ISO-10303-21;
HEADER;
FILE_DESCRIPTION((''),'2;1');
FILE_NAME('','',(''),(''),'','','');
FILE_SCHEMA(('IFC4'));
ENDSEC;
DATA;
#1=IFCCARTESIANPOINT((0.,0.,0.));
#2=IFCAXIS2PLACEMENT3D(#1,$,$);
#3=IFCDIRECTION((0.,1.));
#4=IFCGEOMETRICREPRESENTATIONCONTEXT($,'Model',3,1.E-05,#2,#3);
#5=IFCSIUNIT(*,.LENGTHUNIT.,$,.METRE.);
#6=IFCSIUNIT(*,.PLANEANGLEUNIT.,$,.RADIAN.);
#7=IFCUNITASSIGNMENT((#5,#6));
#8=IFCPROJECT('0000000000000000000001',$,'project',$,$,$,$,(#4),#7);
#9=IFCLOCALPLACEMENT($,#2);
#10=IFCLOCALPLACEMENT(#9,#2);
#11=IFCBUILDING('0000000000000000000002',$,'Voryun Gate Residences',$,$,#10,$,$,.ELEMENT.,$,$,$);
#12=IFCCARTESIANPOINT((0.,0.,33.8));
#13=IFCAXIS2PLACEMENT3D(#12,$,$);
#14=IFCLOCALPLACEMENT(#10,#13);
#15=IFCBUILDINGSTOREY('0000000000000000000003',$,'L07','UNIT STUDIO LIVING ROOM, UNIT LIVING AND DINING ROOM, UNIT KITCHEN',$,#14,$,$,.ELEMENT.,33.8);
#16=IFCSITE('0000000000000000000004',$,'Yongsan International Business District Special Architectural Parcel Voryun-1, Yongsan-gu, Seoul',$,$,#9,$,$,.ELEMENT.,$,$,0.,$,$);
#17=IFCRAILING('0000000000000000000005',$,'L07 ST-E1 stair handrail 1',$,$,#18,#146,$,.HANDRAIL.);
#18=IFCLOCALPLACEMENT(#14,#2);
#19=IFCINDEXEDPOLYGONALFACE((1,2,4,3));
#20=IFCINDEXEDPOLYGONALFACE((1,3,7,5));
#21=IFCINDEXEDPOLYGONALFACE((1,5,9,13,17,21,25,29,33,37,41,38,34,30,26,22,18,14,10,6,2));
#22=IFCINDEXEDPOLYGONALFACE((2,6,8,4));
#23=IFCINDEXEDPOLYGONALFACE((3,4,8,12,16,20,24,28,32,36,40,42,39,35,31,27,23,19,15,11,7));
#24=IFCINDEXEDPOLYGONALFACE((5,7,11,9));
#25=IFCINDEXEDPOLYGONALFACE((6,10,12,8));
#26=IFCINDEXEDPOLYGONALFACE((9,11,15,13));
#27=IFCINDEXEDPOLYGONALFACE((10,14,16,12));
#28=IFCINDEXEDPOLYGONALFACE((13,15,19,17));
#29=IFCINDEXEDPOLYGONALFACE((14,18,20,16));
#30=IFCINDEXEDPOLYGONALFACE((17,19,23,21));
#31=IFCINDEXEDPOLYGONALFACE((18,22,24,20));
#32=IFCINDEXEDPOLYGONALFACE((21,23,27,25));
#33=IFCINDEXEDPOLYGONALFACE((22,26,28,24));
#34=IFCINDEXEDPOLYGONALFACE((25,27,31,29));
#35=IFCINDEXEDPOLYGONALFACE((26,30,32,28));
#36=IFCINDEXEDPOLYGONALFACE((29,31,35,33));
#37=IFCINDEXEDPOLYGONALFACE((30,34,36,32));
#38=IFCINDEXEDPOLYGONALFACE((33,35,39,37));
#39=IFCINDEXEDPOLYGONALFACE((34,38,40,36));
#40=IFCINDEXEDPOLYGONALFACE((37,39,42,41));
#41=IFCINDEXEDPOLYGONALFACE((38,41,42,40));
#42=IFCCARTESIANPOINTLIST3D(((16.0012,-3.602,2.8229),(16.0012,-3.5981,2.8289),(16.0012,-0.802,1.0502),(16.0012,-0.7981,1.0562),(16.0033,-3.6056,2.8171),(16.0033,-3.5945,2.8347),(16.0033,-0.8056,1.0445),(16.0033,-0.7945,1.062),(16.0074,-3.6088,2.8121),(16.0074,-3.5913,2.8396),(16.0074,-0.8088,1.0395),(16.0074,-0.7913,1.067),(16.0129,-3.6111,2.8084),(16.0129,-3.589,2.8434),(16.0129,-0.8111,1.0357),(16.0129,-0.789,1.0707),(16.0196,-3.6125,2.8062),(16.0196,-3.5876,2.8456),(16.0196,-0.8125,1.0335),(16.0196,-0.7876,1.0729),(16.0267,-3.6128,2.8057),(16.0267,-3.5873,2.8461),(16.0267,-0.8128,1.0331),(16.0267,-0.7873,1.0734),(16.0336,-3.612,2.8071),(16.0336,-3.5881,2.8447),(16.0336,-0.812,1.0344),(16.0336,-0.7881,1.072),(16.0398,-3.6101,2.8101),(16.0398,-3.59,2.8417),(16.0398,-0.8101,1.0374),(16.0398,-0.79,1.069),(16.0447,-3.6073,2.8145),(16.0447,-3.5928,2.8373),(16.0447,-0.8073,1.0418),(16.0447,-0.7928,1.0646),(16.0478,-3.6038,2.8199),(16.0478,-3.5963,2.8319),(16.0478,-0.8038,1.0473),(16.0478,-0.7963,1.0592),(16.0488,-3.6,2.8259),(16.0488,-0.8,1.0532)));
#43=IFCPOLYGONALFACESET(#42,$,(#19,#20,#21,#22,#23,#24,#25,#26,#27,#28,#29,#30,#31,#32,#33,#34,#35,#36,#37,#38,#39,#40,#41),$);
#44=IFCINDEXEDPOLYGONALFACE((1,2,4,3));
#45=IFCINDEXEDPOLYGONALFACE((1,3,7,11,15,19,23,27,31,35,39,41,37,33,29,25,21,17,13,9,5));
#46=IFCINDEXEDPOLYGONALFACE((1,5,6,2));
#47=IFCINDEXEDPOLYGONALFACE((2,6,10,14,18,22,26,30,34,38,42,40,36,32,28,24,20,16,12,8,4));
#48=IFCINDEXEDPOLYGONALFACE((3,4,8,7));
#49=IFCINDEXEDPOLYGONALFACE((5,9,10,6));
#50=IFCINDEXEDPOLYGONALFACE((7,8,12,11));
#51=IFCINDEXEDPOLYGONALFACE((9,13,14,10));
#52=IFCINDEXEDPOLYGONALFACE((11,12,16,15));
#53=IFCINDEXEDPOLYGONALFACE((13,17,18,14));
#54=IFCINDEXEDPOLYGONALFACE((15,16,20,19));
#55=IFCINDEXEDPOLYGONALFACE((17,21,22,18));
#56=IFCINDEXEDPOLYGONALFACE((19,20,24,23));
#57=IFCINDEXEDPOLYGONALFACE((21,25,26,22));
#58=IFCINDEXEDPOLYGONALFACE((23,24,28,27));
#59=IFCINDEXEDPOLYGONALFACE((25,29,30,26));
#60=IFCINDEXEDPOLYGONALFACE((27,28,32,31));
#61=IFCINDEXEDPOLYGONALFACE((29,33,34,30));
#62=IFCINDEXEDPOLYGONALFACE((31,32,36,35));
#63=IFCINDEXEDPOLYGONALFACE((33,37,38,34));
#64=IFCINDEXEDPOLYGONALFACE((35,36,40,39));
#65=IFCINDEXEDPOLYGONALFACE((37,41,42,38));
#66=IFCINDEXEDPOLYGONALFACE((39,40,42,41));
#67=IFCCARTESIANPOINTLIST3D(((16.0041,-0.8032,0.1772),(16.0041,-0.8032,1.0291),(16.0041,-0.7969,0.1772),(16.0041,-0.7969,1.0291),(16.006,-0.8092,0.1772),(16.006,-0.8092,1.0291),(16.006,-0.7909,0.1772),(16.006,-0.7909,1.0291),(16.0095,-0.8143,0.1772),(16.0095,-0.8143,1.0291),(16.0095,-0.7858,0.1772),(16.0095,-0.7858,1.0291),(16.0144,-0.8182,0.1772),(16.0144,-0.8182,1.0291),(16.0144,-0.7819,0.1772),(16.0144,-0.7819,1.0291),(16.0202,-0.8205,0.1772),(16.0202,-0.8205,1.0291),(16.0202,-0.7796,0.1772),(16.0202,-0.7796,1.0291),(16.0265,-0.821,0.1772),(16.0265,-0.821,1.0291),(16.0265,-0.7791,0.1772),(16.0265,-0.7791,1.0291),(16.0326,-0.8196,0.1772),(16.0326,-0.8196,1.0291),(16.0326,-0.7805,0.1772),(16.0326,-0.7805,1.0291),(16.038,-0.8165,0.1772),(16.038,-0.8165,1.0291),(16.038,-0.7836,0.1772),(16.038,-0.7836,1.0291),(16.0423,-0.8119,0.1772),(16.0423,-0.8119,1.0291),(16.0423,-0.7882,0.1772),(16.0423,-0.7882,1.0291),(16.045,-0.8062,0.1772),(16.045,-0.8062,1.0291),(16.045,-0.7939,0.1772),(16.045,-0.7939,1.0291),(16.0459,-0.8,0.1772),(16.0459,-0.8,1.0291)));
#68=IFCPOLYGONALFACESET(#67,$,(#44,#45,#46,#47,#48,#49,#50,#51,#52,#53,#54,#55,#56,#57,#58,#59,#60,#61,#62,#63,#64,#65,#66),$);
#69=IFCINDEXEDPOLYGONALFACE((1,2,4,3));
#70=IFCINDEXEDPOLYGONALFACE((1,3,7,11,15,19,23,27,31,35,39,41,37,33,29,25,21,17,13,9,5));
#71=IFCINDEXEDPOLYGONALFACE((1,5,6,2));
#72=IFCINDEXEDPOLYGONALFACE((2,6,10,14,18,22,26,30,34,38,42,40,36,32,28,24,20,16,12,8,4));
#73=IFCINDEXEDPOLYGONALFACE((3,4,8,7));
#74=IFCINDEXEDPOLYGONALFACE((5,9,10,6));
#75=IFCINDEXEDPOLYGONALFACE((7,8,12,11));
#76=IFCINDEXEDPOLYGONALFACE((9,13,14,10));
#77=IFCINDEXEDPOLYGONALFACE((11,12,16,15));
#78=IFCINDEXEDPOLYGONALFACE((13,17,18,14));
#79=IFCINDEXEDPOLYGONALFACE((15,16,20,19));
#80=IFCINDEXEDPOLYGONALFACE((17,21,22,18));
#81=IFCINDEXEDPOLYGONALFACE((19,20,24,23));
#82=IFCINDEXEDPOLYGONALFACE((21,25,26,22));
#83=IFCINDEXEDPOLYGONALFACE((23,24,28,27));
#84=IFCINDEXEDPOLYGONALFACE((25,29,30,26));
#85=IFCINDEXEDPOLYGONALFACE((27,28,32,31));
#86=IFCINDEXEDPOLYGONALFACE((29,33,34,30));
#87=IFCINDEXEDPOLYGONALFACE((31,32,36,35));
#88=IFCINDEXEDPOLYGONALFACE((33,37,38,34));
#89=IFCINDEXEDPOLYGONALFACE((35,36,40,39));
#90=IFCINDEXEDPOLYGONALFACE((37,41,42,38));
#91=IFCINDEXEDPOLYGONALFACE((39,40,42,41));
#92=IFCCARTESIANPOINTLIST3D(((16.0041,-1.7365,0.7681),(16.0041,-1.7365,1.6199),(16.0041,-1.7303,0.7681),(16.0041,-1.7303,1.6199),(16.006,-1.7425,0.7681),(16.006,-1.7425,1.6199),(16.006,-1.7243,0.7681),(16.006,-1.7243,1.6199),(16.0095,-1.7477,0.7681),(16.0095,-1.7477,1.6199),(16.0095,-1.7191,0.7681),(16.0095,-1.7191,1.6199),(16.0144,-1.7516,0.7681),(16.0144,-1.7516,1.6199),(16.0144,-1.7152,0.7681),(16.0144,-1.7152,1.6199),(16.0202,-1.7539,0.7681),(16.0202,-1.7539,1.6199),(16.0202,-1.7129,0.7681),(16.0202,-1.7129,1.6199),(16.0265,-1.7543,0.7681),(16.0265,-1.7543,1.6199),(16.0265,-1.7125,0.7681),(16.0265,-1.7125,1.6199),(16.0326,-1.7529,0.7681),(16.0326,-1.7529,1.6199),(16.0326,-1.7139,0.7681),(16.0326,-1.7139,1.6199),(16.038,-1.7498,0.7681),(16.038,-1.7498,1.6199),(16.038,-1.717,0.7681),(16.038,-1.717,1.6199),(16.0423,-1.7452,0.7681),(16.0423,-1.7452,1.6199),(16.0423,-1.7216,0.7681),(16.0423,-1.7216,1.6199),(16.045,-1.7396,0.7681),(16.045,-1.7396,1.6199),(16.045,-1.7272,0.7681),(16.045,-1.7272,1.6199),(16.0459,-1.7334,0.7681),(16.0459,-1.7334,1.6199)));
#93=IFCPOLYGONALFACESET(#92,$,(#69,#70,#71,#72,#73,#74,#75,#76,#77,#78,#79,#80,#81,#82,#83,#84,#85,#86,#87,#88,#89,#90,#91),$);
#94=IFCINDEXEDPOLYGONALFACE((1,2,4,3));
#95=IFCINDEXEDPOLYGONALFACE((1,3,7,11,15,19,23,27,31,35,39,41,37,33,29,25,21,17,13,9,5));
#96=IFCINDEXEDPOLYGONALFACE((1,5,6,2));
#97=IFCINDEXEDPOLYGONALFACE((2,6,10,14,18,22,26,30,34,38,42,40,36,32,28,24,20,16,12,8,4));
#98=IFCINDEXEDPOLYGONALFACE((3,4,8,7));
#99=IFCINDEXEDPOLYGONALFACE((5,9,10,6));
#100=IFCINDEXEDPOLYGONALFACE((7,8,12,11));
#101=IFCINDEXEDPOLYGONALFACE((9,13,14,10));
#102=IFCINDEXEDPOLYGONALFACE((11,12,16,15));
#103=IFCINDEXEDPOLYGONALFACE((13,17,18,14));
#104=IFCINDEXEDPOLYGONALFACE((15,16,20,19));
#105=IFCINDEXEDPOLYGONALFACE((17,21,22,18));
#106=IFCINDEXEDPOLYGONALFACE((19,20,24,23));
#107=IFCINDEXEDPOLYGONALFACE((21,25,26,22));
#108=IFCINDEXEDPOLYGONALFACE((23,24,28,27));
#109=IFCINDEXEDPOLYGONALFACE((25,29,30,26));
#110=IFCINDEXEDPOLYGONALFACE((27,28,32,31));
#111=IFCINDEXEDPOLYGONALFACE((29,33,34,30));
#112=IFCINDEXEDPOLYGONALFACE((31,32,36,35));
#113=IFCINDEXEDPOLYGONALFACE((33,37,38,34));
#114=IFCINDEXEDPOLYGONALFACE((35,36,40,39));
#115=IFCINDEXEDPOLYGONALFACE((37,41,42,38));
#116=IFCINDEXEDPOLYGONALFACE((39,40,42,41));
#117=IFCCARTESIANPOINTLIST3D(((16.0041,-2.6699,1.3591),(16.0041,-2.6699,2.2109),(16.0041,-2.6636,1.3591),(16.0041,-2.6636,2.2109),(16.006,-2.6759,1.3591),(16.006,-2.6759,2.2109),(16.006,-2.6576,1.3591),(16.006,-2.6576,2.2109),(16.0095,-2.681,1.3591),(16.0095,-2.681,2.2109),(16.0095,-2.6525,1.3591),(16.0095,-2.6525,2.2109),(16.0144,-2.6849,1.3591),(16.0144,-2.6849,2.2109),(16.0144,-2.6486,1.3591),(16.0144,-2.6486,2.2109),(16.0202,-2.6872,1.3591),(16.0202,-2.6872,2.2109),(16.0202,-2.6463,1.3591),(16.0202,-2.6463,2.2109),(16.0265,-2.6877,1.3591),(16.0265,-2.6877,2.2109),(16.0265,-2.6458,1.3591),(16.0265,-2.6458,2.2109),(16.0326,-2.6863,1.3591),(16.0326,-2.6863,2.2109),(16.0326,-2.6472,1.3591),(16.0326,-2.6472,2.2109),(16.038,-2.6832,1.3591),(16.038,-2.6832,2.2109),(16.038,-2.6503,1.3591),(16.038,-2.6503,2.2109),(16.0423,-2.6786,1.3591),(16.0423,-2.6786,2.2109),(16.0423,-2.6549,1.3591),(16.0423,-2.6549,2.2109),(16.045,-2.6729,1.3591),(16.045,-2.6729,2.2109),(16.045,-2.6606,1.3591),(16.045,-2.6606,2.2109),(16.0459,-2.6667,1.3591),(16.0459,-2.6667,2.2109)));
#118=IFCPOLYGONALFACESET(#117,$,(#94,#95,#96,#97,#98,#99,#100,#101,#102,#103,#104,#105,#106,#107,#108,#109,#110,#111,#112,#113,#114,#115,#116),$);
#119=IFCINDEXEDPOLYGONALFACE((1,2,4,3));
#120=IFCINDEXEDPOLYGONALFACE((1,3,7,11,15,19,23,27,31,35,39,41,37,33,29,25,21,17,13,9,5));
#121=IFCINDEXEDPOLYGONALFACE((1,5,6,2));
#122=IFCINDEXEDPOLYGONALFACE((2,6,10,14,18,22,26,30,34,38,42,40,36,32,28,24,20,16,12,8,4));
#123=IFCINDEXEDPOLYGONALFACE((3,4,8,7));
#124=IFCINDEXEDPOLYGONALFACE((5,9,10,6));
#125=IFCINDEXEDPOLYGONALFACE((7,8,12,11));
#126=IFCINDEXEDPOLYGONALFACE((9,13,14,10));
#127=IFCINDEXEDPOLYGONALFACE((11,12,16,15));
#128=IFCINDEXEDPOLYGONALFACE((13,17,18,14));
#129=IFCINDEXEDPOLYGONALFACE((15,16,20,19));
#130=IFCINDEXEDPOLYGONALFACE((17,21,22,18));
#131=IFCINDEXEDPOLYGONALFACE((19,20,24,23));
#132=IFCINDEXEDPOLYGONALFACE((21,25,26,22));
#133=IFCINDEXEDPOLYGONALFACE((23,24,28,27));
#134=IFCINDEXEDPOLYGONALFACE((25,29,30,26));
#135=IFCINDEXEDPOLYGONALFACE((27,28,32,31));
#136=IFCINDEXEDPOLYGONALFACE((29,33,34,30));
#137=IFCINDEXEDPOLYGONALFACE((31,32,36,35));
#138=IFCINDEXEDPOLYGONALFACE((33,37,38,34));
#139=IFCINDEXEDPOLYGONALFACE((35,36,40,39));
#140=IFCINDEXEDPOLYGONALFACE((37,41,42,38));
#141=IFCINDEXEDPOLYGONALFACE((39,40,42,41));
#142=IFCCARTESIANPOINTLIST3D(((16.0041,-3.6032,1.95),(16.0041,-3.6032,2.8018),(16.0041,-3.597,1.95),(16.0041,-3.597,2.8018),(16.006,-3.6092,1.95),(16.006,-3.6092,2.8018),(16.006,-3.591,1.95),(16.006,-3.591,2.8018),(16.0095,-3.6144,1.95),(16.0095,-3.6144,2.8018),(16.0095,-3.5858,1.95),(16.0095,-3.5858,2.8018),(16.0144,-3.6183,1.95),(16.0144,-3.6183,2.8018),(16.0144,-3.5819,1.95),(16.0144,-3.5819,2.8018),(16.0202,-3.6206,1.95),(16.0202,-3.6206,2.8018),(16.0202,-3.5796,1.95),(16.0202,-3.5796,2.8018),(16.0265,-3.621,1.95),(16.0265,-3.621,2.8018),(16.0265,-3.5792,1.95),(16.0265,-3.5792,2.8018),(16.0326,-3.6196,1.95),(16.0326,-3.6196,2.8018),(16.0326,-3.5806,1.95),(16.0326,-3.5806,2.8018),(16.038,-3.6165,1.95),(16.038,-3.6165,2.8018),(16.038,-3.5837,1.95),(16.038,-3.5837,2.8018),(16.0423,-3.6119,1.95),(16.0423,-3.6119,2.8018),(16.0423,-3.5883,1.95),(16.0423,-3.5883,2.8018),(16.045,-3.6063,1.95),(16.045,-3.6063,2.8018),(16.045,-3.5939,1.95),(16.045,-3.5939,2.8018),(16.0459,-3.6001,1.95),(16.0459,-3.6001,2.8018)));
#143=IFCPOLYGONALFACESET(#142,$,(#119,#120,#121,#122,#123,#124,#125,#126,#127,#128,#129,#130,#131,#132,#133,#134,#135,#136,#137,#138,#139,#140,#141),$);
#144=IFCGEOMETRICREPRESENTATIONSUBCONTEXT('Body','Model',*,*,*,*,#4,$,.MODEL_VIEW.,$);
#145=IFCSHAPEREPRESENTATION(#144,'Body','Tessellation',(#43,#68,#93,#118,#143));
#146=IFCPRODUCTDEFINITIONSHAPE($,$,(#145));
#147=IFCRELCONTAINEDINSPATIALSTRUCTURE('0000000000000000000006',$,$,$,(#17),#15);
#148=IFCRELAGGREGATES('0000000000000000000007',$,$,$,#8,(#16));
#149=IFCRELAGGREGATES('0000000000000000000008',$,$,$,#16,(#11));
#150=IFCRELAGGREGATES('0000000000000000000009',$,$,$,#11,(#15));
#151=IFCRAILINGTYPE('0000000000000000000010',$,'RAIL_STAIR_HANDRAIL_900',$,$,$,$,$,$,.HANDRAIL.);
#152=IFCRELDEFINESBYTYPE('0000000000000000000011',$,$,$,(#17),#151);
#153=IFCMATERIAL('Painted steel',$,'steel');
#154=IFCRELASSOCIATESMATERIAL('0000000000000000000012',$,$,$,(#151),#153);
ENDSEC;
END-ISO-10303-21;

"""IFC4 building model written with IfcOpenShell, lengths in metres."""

from ifc_helpers import new_model, si_unit, direction, frame, origin, origin_2d, place, context, subcontext, project, spatial, circle, extrude, material, type_object, element, save


model = new_model("IFC4")

# Units and contexts
model_context = context("Model", 3, precision=1e-05, world=origin(), true_north=direction((0.0, 1.0)))
body_context = subcontext(model_context, "Body", "Model", "MODEL_VIEW")
ifc_project = project(units=[si_unit("LENGTHUNIT", "METRE"), si_unit("PLANEANGLEUNIT", "RADIAN")], contexts=[model_context])

# Site, building, storey
site_placement = place(None, origin())
site = spatial("IfcSite", under=ifc_project, at=site_placement, Name="Yongsan International Business District Special Architectural Parcel Voryun-1, Yongsan-gu, Seoul", CompositionType="ELEMENT", RefElevation=0.0)
building_placement = place(site_placement, origin())
building = spatial("IfcBuilding", under=site, at=building_placement, Name="Voryun Gate Residences", CompositionType="ELEMENT")
storey_placement = place(building_placement, frame((0.0, 0.0, 33.8)))
storey = spatial("IfcBuildingStorey", under=building, at=storey_placement, Name="L07", Description="UNIT STUDIO LIVING ROOM, UNIT LIVING AND DINING ROOM, UNIT KITCHEN", CompositionType="ELEMENT", Elevation=33.8)

# Railing
ifc_material_1 = material(Name="Painted steel", Category="steel")
railing_type_1 = type_object("IfcRailingType", Name="RAIL_STAIR_HANDRAIL_900", PredefinedType="HANDRAIL", material=ifc_material_1)
railing_1_placement = place(storey_placement, frame((16.0249, -0.8, 0.1772)))
element("IfcRailing", 1, at=railing_1_placement, inside=storey, type_object=railing_type_1, Name="L07 ST-E1 stair handrail 1", PredefinedType="HANDRAIL", context=body_context, shape_type="SweptSolid", body=[
    extrude(circle(Radius=0.0239, at=origin_2d()), frame((0.0, 0.0, 0.876), z_axis=(0.0, -0.844909, 0.53491), x_axis=(1.0, 0.0, 0.0)), (0.0, 0.0, 1.0), 3.314),
    extrude(circle(Radius=0.021, at=origin_2d()), origin(), (0.0, 0.0, 1.0), 0.8518),
    extrude(circle(Radius=0.021, at=origin_2d()), frame((0.0, -0.9333, 0.5908)), (0.0, 0.0, 1.0), 0.8518),
    extrude(circle(Radius=0.021, at=origin_2d()), frame((0.0, -1.8667, 1.1819)), (0.0, 0.0, 1.0), 0.8518),
    extrude(circle(Radius=0.021, at=origin_2d()), frame((0.0, -2.8, 1.7727)), (0.0, 0.0, 1.0), 0.8518),
])

save(model, "model.ifc")
